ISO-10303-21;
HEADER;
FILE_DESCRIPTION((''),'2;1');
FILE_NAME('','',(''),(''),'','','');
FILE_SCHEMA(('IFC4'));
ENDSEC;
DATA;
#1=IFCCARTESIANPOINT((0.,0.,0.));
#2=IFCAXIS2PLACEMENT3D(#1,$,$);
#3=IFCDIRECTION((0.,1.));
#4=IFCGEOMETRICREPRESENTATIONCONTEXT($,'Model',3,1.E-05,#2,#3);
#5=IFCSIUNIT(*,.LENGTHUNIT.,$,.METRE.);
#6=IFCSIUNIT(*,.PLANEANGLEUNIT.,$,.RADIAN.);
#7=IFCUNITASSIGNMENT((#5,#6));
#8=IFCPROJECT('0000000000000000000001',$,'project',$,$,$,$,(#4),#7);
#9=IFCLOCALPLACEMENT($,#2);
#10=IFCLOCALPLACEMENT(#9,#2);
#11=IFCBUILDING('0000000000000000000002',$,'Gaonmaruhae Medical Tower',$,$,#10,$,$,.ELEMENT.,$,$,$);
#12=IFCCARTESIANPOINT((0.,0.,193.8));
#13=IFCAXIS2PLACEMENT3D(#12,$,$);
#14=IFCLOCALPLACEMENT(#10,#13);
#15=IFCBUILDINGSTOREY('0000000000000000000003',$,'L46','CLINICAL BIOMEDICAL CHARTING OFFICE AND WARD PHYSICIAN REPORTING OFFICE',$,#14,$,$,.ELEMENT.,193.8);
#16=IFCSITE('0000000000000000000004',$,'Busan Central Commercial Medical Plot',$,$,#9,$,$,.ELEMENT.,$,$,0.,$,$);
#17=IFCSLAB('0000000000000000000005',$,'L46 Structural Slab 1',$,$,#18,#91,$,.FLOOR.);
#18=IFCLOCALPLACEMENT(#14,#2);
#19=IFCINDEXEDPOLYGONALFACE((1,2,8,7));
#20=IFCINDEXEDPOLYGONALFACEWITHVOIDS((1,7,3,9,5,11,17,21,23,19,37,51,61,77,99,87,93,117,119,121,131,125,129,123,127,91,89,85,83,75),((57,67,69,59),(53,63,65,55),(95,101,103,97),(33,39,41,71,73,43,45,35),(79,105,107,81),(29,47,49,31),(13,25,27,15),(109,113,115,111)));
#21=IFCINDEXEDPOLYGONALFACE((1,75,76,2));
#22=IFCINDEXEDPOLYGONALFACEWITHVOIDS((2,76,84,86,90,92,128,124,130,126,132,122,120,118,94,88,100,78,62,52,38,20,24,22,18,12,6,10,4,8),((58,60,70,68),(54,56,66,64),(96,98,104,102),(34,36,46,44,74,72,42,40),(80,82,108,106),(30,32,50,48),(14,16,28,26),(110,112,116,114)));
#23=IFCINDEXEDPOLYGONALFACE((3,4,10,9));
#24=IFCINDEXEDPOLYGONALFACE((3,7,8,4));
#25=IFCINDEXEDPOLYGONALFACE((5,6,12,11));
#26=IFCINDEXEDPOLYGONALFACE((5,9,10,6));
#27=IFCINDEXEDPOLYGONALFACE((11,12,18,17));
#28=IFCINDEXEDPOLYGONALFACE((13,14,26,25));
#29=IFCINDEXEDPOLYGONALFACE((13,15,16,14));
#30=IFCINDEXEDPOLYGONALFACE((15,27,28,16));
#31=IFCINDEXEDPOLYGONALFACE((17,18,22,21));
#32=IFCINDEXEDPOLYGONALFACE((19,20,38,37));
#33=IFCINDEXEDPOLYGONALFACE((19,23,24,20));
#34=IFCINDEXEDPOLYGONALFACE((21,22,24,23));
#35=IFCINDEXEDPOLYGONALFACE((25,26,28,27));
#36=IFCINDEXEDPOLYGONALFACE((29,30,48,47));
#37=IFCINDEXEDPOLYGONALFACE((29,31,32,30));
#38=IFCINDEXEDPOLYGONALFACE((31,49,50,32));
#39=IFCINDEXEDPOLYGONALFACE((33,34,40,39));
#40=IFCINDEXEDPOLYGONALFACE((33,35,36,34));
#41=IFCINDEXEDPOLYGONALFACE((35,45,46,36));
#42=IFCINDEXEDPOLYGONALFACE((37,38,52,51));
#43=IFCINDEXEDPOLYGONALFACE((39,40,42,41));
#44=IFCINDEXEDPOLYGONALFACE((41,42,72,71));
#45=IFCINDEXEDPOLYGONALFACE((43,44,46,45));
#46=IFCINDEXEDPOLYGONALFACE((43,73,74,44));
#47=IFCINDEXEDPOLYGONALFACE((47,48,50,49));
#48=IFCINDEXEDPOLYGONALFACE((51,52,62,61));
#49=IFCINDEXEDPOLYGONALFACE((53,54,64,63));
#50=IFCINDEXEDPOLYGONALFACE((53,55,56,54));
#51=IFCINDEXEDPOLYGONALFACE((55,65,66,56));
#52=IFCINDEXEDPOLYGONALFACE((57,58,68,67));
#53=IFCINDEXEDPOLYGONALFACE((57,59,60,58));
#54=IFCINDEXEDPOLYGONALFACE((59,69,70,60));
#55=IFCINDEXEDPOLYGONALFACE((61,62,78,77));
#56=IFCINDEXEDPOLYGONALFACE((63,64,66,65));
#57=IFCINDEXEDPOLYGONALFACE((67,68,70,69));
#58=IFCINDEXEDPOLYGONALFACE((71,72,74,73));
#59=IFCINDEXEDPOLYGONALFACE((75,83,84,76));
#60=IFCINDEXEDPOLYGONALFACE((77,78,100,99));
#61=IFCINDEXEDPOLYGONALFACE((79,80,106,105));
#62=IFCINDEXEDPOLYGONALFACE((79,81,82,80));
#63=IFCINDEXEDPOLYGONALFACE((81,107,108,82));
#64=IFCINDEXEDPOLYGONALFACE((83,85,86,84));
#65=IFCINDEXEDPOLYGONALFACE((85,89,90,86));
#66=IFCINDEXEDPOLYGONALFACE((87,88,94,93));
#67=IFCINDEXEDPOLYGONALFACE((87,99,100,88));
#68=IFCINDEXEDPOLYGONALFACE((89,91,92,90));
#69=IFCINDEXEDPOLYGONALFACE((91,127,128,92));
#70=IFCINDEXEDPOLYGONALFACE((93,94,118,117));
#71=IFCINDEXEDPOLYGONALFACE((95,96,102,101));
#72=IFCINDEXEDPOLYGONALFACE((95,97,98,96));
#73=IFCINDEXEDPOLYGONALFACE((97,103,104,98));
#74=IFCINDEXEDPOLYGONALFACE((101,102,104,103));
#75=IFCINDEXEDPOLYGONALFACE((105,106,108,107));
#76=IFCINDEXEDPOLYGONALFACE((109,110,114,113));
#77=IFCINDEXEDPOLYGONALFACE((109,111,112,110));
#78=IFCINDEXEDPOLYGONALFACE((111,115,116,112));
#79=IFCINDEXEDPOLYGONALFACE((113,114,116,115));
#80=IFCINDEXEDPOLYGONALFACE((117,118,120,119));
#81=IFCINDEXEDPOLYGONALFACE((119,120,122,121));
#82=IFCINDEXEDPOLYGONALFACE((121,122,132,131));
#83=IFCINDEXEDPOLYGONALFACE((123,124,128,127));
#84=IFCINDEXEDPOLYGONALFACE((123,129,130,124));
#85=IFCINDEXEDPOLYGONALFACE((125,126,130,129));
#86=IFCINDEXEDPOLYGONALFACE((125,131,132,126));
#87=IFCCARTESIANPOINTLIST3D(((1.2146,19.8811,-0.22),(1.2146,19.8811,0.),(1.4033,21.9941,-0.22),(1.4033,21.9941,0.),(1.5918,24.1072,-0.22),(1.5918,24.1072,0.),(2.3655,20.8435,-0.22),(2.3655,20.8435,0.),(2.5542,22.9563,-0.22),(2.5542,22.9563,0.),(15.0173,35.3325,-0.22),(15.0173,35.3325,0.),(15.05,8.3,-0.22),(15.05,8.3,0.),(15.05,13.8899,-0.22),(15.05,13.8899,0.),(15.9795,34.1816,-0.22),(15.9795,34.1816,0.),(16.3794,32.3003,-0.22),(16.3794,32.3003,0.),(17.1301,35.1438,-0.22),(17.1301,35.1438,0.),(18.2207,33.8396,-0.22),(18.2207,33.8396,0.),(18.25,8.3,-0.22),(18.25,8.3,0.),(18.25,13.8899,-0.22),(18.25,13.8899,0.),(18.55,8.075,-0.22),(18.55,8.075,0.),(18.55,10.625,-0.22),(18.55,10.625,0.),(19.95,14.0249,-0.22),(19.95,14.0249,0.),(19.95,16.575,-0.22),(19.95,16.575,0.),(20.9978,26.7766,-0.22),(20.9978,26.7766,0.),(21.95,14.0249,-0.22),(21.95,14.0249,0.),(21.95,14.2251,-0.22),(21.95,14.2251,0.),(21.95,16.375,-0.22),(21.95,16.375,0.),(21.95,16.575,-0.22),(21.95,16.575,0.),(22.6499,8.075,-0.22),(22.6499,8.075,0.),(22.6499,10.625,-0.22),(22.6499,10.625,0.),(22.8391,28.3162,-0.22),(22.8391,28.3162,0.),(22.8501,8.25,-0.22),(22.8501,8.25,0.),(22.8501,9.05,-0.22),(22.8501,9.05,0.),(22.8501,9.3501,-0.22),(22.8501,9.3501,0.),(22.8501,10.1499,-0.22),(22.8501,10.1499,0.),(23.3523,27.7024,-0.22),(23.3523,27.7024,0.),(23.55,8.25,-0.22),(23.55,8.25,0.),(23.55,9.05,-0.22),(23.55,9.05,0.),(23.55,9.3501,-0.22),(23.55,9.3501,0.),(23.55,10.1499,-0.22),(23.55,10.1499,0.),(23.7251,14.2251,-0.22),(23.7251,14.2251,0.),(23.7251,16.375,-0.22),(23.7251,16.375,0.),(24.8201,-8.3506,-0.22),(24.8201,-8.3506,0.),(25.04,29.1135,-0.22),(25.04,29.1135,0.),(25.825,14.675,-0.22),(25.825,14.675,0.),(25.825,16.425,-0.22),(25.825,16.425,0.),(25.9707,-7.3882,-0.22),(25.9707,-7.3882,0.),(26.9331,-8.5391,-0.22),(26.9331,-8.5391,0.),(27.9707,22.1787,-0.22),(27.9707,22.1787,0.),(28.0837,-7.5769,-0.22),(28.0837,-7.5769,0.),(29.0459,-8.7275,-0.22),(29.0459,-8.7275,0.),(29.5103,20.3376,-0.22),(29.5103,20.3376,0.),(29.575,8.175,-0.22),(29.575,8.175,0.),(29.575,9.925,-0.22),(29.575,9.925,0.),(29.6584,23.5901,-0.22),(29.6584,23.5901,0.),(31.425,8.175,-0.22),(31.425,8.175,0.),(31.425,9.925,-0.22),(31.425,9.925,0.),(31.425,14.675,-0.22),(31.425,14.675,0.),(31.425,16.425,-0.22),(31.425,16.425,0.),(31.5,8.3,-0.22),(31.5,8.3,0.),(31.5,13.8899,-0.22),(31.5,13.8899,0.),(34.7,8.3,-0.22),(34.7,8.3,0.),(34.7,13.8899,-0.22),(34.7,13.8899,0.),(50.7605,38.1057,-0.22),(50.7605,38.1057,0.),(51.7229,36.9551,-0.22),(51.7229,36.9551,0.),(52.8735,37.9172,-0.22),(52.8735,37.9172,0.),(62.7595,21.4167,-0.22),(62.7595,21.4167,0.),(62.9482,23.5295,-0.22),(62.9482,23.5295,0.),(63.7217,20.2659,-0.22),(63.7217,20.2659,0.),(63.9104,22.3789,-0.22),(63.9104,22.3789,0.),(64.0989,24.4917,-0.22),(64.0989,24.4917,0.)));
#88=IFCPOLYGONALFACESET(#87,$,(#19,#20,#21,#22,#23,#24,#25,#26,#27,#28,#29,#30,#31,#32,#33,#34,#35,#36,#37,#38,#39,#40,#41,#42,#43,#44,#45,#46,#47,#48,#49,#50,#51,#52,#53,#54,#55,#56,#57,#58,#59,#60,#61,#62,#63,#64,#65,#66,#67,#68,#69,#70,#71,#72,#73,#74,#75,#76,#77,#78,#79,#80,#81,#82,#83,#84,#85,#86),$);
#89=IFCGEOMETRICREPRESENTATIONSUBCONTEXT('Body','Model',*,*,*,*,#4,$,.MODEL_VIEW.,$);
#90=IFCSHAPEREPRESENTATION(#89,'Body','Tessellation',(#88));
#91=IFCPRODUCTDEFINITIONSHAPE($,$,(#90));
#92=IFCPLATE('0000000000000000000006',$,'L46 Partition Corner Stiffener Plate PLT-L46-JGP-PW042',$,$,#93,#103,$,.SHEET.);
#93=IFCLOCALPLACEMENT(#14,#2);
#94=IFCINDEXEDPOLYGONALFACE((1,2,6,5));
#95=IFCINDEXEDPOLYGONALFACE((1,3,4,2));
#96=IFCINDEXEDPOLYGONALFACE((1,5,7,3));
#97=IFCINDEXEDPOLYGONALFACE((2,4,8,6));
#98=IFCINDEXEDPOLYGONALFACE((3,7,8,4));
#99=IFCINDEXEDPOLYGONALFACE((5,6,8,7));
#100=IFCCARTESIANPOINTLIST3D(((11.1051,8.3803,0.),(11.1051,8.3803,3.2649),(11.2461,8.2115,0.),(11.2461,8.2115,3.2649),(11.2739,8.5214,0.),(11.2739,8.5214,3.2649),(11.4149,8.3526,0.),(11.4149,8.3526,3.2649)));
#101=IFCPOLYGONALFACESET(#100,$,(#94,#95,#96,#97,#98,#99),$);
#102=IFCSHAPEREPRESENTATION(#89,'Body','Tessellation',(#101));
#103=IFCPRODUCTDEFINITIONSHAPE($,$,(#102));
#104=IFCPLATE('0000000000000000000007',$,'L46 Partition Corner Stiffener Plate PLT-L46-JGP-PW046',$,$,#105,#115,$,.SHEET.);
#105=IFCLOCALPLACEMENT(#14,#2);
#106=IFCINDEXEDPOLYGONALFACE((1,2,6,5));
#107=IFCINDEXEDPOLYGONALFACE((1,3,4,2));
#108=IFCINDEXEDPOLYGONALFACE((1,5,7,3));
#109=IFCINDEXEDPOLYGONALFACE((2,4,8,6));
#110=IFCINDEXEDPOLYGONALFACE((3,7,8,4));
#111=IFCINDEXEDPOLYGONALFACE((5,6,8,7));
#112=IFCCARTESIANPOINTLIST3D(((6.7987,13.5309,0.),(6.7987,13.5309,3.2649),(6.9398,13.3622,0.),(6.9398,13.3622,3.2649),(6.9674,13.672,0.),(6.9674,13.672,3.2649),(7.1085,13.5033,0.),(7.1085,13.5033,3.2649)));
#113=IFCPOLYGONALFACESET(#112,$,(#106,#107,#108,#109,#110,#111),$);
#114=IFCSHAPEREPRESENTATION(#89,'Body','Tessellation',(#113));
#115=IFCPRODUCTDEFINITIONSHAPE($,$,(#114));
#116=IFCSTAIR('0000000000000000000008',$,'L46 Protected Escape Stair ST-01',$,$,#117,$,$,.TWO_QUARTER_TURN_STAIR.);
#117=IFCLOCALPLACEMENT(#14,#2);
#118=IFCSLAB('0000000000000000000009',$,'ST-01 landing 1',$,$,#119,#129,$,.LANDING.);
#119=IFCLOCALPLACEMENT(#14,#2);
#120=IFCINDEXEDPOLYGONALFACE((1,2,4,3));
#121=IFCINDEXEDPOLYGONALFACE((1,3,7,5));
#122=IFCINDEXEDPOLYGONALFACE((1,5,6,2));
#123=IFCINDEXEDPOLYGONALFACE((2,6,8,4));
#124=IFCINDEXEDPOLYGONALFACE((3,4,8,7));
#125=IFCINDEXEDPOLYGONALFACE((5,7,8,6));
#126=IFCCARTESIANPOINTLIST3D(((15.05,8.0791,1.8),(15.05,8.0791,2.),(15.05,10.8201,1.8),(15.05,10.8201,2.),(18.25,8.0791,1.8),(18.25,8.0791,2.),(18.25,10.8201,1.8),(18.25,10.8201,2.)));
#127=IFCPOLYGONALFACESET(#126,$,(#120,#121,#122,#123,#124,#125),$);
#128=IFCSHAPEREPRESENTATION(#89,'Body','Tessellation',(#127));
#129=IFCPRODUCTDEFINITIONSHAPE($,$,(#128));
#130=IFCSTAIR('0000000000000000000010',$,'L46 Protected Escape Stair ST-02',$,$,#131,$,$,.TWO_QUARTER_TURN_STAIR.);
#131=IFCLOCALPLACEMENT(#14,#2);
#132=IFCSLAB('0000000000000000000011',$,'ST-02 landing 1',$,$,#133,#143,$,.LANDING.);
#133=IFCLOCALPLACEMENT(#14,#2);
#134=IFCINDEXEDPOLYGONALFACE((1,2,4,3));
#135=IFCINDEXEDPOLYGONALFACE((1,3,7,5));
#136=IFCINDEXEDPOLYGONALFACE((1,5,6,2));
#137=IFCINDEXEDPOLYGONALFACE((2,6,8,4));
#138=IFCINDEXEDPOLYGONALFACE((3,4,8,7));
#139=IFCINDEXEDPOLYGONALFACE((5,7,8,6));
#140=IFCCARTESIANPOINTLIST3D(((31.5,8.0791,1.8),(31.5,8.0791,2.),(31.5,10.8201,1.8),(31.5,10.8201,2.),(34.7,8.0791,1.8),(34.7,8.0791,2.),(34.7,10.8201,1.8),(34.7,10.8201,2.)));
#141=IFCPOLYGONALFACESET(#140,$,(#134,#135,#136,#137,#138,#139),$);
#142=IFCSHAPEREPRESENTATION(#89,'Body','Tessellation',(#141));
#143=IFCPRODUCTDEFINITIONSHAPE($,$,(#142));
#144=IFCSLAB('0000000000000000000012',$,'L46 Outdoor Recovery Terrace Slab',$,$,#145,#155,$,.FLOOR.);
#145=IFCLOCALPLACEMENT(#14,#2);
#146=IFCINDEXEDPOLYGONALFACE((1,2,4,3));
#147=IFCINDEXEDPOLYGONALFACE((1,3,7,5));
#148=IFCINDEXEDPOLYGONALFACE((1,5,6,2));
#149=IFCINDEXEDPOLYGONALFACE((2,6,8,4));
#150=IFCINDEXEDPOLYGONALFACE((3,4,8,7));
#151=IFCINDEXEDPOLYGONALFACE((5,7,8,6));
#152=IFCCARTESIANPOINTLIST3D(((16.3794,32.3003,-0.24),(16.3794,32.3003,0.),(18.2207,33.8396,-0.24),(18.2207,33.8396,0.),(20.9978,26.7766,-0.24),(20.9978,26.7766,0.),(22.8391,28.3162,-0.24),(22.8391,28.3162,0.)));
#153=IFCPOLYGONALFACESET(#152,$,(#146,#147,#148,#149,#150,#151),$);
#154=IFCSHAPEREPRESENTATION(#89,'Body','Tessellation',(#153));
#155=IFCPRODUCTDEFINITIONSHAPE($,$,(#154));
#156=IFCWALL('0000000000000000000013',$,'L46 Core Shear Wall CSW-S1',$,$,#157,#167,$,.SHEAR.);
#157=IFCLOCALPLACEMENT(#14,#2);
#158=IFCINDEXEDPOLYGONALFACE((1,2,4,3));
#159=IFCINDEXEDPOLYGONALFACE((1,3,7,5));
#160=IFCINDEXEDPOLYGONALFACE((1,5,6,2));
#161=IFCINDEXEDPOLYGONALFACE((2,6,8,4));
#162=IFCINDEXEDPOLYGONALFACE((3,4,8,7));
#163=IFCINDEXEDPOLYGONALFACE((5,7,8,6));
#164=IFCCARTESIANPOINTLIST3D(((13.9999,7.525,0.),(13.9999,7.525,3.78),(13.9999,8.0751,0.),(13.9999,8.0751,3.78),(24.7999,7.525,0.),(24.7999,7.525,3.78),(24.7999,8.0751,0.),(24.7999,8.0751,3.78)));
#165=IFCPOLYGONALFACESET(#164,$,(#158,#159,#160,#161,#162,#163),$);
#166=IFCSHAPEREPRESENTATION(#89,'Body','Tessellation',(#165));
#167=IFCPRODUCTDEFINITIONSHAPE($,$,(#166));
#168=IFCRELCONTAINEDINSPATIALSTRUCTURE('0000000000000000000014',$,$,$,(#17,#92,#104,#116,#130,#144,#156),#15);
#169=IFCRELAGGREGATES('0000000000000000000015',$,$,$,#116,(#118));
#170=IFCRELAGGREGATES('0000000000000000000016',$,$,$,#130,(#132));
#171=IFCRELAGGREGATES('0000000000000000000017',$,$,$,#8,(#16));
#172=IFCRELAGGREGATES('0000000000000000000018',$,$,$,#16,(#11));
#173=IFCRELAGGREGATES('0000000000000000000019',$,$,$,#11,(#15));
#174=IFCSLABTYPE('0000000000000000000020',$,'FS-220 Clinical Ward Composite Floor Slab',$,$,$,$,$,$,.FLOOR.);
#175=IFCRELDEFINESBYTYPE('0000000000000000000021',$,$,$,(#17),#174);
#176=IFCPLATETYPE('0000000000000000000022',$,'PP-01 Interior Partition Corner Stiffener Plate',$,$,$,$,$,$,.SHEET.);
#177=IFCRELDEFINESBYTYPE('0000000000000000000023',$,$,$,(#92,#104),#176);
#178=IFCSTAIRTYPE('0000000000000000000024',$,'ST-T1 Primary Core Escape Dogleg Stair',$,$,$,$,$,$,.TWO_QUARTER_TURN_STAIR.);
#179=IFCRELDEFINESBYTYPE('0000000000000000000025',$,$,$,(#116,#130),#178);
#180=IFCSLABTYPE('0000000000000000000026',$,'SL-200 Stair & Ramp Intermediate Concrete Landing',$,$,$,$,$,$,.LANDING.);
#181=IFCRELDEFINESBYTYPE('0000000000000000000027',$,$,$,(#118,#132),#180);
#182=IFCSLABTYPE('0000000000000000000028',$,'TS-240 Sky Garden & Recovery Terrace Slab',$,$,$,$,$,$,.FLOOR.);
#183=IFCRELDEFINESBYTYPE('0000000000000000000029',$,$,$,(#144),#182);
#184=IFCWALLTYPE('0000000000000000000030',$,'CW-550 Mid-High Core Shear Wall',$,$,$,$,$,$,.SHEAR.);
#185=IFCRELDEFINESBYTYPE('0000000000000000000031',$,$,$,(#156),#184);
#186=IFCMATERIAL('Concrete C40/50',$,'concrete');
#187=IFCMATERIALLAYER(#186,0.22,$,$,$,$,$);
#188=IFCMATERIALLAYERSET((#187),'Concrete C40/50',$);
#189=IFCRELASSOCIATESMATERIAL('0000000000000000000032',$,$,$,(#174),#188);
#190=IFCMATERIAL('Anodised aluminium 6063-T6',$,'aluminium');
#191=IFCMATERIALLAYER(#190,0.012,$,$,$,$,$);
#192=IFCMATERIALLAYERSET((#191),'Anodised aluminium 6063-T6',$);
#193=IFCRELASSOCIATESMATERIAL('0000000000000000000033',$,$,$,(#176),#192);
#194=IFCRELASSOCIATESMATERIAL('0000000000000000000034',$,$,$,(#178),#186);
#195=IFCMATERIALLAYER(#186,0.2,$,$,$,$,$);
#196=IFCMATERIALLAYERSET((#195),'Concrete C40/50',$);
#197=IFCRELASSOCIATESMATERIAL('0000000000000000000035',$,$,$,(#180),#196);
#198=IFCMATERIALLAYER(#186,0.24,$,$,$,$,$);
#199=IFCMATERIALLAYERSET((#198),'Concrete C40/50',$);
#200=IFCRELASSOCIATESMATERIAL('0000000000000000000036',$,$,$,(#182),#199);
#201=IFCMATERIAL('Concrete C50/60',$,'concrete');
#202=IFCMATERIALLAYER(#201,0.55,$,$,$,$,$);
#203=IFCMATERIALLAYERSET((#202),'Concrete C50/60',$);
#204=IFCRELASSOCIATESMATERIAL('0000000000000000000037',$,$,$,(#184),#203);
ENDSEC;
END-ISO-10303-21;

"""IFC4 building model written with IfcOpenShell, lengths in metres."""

from ifc_helpers import new_model, si_unit, direction, frame, frame_2d, origin, origin_2d, place, context, subcontext, project, spatial, polyline, rectangle, outline, extrude, material, layer, layer_set, type_object, element, aggregate, save


model = new_model("IFC4")

# Units and contexts
model_context = context("Model", 3, precision=1e-05, world=origin(), true_north=direction((0.0, 1.0)))
body_context = subcontext(model_context, "Body", "Model", "MODEL_VIEW")
ifc_project = project(units=[si_unit("LENGTHUNIT", "METRE"), si_unit("PLANEANGLEUNIT", "RADIAN")], contexts=[model_context])

# Site, building, storey
site_placement = place(None, origin())
site = spatial("IfcSite", under=ifc_project, at=site_placement, Name="Busan Central Commercial Medical Plot", CompositionType="ELEMENT", RefElevation=0.0)
building_placement = place(site_placement, origin())
building = spatial("IfcBuilding", under=site, at=building_placement, Name="Gaonmaruhae Medical Tower", CompositionType="ELEMENT")
storey_placement = place(building_placement, frame((0.0, 0.0, 193.8)))
storey = spatial("IfcBuildingStorey", under=building, at=storey_placement, Name="L46", Description="CLINICAL BIOMEDICAL CHARTING OFFICE AND WARD PHYSICIAN REPORTING OFFICE", CompositionType="ELEMENT", Elevation=193.8)

# Shared definitions
ifc_material_1 = material(Name="Concrete C50/60", Category="concrete")

# Slab
ifc_material_2 = material(Name="Concrete C40/50", Category="concrete")
ifc_layer_1 = layer(ifc_material_2, 0.22)
ifc_layer_set_1 = layer_set([ifc_layer_1], Name="Concrete C40/50")
slab_type_1 = type_object("IfcSlabType", Name="FS-220 Clinical Ward Composite Floor Slab", PredefinedType="FLOOR", material=ifc_layer_set_1)
slab_1_placement = place(storey_placement, frame((0.0, 0.0, -0.22)))
element("IfcSlab", 1, at=slab_1_placement, inside=storey, type_object=slab_type_1, Name="L46 Structural Slab 1", PredefinedType="FLOOR", context=body_context, shape_type="SweptSolid", body=[
    extrude(outline(polyline([(50.7605, 38.1057), (51.7229, 36.9551), (52.8735, 37.9172), (64.0989, 24.4917), (62.9482, 23.5295), (63.9104, 22.3789), (62.7595, 21.4167), (63.7217, 20.2659), (29.0459, -8.7275), (28.0837, -7.5769), (26.9331, -8.5391), (25.9707, -7.3882), (24.8201, -8.3506), (1.2146, 19.8811), (2.3655, 20.8435), (1.4033, 21.9941), (2.5542, 22.9563), (1.5918, 24.1072), (15.0173, 35.3325), (15.9795, 34.1816), (17.1301, 35.1438), (18.2207, 33.8396), (16.3794, 32.3003), (20.9978, 26.7766), (22.8391, 28.3162), (23.3523, 27.7024), (25.04, 29.1135), (29.6584, 23.5901), (27.9707, 22.1787), (29.5103, 20.3376), (50.7605, 38.1057)]), holes=[polyline([(23.55, 8.25), (22.8501, 8.25), (22.8501, 9.05), (23.55, 9.05), (23.55, 8.25)]), polyline([(31.425, 9.925), (31.425, 8.175), (29.575, 8.175), (29.575, 9.925), (31.425, 9.925)]), polyline([(22.6499, 10.625), (22.6499, 8.075), (18.55, 8.075), (18.55, 10.625), (22.6499, 10.625)]), polyline([(23.55, 9.3501), (22.8501, 9.3501), (22.8501, 10.1499), (23.55, 10.1499), (23.55, 9.3501)]), polyline([(15.05, 13.8899), (18.25, 13.8899), (18.25, 8.3), (15.05, 8.3), (15.05, 13.8899)]), polyline([(31.5, 13.8899), (34.7, 13.8899), (34.7, 8.3), (31.5, 8.3), (31.5, 13.8899)]), polyline([(21.95, 14.2251), (21.95, 14.0249), (19.95, 14.0249), (19.95, 16.575), (21.95, 16.575), (21.95, 16.375), (23.7251, 16.375), (23.7251, 14.2251), (21.95, 14.2251)]), polyline([(31.425, 16.425), (31.425, 14.675), (25.825, 14.675), (25.825, 16.425), (31.425, 16.425)])]), origin(), (0.0, 0.0, 1.0), 0.22),
])

# Plates
ifc_material_3 = material(Name="Anodised aluminium 6063-T6", Category="aluminium")
ifc_layer_2 = layer(ifc_material_3, 0.012)
ifc_layer_set_2 = layer_set([ifc_layer_2], Name="Anodised aluminium 6063-T6")
plate_type = type_object("IfcPlateType", Name="PP-01 Interior Partition Corner Stiffener Plate", PredefinedType="SHEET", material=ifc_layer_set_2)
for number, where, z_axis, x_axis, name in (
    (2, (11.26, 8.3665, 0.0), (0.0, 0.0, 1.0), (-0.641276, 0.767311, 0.0), "L46 Partition Corner Stiffener Plate PLT-L46-JGP-PW042"),
    (3, (6.9536, 13.5171, 0.0), (0.0, 0.0, 1.0), (-0.64157, 0.767064, 0.0), "L46 Partition Corner Stiffener Plate PLT-L46-JGP-PW046"),
):
    element("IfcPlate", number, at=place(storey_placement, frame(where, z_axis=z_axis, x_axis=x_axis)), inside=storey, type_object=plate_type, Name=name, PredefinedType="SHEET", context=body_context, shape_type="SweptSolid", body=[
        extrude(rectangle(XDim=0.22, YDim=0.22, at=origin_2d()), origin(), (0.0, 0.0, 1.0), 3.2649),
    ])

# Stairs, slabs
stair_type = type_object("IfcStairType", Name="ST-T1 Primary Core Escape Dogleg Stair", PredefinedType="TWO_QUARTER_TURN_STAIR", material=ifc_material_2)
stair_1_placement = place(storey_placement, origin())
stair_1 = element("IfcStair", 4, at=stair_1_placement, inside=storey, type_object=stair_type, Name="L46 Protected Escape Stair ST-01", PredefinedType="TWO_QUARTER_TURN_STAIR")
ifc_layer_3 = layer(ifc_material_2, 0.2)
ifc_layer_set_3 = layer_set([ifc_layer_3], Name="Concrete C40/50")
slab_type_2 = type_object("IfcSlabType", Name="SL-200 Stair & Ramp Intermediate Concrete Landing", PredefinedType="LANDING", material=ifc_layer_set_3)
slab_2_placement = place(storey_placement, frame((0.0, 0.0, 1.8)))
slab_2 = element("IfcSlab", 5, at=slab_2_placement, type_object=slab_type_2, Name="ST-01 landing 1", PredefinedType="LANDING", context=body_context, shape_type="SweptSolid", body=[
    extrude(outline(polyline([(15.05, 10.8201), (15.05, 8.0791), (18.25, 8.0791), (18.25, 10.8201), (15.05, 10.8201)])), origin(), (0.0, 0.0, 1.0), 0.2),
])
aggregate(stair_1, [slab_2])
stair_2_placement = place(storey_placement, origin())
stair_2 = element("IfcStair", 6, at=stair_2_placement, inside=storey, type_object=stair_type, Name="L46 Protected Escape Stair ST-02", PredefinedType="TWO_QUARTER_TURN_STAIR")
slab_3_placement = place(storey_placement, frame((0.0, 0.0, 1.8)))
slab_3 = element("IfcSlab", 7, at=slab_3_placement, type_object=slab_type_2, Name="ST-02 landing 1", PredefinedType="LANDING", context=body_context, shape_type="SweptSolid", body=[
    extrude(outline(polyline([(31.5, 10.8201), (31.5, 8.0791), (34.7, 8.0791), (34.7, 10.8201), (31.5, 10.8201)])), origin(), (0.0, 0.0, 1.0), 0.2),
])
aggregate(stair_2, [slab_3])

# Slab
ifc_layer_4 = layer(ifc_material_2, 0.24)
ifc_layer_set_4 = layer_set([ifc_layer_4], Name="Concrete C40/50")
slab_type_3 = type_object("IfcSlabType", Name="TS-240 Sky Garden & Recovery Terrace Slab", PredefinedType="FLOOR", material=ifc_layer_set_4)
slab_4_placement = place(storey_placement, frame((0.0, 0.0, -0.24)))
element("IfcSlab", 8, at=slab_4_placement, inside=storey, type_object=slab_type_3, Name="L46 Outdoor Recovery Terrace Slab", PredefinedType="FLOOR", context=body_context, shape_type="SweptSolid", body=[
    extrude(outline(polyline([(20.9978, 26.7766), (22.8391, 28.3162), (18.2207, 33.8396), (16.3794, 32.3003), (20.9978, 26.7766)])), origin(), (0.0, 0.0, 1.0), 0.24),
])

# Wall
ifc_layer_5 = layer(ifc_material_1, 0.55)
ifc_layer_set_5 = layer_set([ifc_layer_5], Name="Concrete C50/60")
wall_type_1 = type_object("IfcWallType", Name="CW-550 Mid-High Core Shear Wall", PredefinedType="SHEAR", material=ifc_layer_set_5)
wall_1_placement = place(storey_placement, frame((14.0, 7.8, 0.0), z_axis=(0.0, 0.0, 1.0), x_axis=(1.0, 0.0, 0.0)))
element("IfcWall", 9, at=wall_1_placement, inside=storey, type_object=wall_type_1, Name="L46 Core Shear Wall CSW-S1", PredefinedType="SHEAR", context=body_context, shape_type="SweptSolid", body=[
    extrude(rectangle(XDim=10.8, YDim=0.55, at=frame_2d((5.3999, 0.0))), origin(), (0.0, 0.0, 1.0), 3.78),
])

save(model, "model.ifc")
